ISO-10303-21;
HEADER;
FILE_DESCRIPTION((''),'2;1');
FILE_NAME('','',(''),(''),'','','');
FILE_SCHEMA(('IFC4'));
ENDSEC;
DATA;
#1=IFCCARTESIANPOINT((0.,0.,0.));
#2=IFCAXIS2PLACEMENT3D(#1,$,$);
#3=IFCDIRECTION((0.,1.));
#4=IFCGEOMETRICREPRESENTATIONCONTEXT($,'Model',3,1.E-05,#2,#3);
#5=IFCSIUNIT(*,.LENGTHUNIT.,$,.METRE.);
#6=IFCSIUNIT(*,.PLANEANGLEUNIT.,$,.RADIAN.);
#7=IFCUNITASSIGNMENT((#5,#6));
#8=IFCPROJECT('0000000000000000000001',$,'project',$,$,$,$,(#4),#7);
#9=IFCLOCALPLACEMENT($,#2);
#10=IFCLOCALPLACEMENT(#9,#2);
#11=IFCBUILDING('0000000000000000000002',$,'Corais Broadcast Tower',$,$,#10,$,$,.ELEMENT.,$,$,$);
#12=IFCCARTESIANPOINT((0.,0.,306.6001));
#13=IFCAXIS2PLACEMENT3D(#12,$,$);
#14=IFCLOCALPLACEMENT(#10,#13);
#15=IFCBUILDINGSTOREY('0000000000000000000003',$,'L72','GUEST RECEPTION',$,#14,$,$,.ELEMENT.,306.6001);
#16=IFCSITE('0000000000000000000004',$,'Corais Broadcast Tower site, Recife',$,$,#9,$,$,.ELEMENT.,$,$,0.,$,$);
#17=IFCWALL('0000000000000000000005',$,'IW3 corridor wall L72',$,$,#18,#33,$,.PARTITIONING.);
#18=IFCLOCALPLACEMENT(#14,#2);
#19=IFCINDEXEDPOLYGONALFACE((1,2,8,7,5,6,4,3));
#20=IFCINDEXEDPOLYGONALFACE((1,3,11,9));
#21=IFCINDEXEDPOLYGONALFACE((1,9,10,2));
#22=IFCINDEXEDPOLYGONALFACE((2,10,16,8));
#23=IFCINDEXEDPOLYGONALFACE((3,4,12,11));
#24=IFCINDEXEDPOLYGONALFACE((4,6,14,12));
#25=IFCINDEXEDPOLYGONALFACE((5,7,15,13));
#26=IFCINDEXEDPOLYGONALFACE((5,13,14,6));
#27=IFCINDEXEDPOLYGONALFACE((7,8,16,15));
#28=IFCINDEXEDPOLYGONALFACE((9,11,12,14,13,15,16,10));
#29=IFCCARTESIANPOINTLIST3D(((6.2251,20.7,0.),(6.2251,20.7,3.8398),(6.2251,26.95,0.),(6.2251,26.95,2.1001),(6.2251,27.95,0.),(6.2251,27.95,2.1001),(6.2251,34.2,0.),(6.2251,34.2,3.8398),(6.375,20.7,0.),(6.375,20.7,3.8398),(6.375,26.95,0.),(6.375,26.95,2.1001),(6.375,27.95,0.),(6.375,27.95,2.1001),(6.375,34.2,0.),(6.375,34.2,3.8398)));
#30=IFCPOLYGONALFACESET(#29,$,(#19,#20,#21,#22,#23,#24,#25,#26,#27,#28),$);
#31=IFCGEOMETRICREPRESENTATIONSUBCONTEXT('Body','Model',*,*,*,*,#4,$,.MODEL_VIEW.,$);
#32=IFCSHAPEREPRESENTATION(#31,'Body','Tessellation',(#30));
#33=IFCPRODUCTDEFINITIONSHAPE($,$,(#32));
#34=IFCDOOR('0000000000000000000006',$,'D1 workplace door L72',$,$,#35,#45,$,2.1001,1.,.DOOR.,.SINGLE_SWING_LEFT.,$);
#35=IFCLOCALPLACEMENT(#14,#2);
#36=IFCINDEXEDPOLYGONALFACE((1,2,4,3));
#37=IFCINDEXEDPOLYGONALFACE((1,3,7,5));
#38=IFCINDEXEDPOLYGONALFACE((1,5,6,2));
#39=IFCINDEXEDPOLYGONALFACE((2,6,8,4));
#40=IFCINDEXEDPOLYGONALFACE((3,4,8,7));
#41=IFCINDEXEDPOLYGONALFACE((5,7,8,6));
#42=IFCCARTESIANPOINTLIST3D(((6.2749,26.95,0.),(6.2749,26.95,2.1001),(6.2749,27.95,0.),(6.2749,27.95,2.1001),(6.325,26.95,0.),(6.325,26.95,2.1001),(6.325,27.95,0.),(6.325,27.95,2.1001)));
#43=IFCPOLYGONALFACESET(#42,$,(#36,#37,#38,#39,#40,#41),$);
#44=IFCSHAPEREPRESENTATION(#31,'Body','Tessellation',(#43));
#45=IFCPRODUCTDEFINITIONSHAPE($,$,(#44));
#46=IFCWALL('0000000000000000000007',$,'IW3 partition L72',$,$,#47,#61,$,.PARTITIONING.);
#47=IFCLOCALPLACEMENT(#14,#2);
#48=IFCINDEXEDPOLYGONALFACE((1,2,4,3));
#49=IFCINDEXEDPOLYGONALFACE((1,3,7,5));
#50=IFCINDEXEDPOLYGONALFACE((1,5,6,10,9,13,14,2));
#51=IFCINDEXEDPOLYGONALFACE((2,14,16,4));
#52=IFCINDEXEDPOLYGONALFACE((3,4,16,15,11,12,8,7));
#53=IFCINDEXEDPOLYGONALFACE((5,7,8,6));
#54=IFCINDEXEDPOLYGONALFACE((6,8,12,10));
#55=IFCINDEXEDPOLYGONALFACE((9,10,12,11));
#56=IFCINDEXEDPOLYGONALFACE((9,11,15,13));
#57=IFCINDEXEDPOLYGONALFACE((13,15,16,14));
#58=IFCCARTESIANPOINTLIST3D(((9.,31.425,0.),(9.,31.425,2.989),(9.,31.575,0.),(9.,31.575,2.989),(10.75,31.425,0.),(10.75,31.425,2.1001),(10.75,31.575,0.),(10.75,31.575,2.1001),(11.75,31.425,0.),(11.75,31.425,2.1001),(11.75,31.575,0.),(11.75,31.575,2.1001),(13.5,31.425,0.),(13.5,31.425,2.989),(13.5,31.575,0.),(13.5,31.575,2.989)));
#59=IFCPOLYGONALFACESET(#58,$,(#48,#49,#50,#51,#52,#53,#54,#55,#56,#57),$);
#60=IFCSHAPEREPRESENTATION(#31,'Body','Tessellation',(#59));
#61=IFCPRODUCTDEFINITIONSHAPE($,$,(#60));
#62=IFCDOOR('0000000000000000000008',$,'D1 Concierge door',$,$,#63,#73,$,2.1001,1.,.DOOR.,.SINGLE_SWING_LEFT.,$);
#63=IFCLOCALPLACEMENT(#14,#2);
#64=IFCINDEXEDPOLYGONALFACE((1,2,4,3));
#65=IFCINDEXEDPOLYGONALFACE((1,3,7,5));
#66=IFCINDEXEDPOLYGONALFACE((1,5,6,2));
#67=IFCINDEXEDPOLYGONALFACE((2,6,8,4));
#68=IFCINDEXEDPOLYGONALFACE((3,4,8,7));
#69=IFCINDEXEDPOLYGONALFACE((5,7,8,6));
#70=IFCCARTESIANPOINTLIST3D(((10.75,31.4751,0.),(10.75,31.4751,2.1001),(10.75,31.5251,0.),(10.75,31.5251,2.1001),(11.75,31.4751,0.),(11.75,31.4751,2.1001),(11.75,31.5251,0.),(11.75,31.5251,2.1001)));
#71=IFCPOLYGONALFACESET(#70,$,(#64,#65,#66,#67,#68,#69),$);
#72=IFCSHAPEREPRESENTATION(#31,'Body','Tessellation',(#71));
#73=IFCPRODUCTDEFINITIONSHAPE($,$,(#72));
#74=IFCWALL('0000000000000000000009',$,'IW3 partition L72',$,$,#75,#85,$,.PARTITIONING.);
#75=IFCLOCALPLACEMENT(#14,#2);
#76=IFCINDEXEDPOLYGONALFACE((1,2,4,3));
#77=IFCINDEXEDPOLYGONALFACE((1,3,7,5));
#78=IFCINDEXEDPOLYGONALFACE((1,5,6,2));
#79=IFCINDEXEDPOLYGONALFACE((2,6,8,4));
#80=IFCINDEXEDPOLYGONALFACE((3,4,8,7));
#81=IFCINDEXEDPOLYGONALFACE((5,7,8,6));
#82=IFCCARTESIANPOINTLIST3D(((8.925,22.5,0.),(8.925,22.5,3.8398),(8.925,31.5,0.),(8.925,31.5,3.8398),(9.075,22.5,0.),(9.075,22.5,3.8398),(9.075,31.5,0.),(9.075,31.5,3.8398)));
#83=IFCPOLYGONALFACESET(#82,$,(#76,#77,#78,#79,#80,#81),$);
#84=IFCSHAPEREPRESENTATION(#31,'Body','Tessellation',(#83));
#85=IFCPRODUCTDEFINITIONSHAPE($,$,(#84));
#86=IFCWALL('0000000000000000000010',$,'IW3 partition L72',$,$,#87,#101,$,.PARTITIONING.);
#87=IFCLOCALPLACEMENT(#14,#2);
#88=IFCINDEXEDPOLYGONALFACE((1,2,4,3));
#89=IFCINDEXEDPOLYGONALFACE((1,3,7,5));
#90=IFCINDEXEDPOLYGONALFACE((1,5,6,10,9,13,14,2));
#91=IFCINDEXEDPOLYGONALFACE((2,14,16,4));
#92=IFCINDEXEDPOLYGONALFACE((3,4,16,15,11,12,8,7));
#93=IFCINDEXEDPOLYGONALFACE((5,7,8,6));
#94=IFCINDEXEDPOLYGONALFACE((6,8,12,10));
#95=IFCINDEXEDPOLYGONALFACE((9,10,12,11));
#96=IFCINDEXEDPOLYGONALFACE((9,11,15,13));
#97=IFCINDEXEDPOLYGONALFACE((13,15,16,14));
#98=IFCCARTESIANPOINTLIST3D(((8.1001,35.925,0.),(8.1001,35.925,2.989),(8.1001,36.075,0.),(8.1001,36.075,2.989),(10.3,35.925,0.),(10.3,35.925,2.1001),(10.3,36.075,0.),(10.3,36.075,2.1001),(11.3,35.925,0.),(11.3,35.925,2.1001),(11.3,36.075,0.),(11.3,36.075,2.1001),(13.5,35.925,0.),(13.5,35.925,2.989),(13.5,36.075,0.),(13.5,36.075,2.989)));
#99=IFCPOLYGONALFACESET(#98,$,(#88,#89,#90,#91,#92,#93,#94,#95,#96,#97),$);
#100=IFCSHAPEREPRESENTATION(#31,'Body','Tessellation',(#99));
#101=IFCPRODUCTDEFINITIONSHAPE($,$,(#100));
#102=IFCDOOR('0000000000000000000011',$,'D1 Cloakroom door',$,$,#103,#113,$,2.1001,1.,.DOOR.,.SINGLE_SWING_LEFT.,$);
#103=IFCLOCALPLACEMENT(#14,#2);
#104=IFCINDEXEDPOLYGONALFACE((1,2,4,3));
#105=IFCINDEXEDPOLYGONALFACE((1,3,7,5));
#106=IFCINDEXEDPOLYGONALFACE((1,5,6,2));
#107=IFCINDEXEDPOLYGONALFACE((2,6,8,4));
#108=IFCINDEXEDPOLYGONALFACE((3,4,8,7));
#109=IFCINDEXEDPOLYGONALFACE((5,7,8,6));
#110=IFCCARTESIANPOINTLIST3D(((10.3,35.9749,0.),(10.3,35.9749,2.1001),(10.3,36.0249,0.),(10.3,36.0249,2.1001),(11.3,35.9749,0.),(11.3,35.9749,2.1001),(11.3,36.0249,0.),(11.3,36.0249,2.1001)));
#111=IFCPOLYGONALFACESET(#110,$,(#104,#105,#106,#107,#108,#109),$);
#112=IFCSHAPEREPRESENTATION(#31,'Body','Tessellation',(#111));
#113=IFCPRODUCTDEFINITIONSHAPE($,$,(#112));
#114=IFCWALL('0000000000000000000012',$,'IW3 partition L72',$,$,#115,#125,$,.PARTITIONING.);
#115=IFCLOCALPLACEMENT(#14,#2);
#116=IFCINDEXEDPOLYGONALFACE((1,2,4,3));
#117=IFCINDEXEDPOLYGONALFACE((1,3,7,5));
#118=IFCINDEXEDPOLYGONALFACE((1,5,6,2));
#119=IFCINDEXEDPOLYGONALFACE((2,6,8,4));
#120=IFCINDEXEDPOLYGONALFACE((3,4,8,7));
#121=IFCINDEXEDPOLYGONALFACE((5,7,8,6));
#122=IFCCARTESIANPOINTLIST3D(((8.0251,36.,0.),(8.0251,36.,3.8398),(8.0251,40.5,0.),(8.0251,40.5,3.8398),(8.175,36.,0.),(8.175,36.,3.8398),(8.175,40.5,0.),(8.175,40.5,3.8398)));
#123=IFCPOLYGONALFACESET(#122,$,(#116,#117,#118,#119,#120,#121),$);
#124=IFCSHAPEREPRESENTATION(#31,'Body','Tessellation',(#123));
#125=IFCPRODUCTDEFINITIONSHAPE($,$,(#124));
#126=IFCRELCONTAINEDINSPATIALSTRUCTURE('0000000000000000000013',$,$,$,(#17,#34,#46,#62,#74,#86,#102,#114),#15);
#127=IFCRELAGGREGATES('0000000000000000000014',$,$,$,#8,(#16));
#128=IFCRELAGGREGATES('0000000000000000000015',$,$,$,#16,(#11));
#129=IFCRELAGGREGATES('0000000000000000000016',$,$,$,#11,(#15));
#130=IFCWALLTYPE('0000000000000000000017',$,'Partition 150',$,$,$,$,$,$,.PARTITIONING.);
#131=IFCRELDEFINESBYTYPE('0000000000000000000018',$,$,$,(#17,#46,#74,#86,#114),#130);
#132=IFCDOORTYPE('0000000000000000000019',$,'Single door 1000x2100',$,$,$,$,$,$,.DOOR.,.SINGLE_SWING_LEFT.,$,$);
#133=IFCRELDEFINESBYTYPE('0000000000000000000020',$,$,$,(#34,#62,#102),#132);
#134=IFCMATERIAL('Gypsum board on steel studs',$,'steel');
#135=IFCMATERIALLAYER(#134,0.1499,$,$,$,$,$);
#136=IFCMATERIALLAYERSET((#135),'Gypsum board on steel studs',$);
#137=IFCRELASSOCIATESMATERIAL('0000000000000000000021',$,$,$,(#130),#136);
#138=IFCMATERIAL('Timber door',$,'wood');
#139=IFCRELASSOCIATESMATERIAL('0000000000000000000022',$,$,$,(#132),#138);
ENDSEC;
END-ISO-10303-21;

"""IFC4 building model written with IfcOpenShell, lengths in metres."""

from ifc_helpers import new_model, si_unit, direction, frame, frame_2d, origin, place, context, subcontext, project, spatial, rectangle, extrude, material, layer, layer_set, type_object, element, fill, save


model = new_model("IFC4")

# Units and contexts
model_context = context("Model", 3, precision=1e-05, world=origin(), true_north=direction((0.0, 1.0)))
body_context = subcontext(model_context, "Body", "Model", "MODEL_VIEW")
ifc_project = project(units=[si_unit("LENGTHUNIT", "METRE"), si_unit("PLANEANGLEUNIT", "RADIAN")], contexts=[model_context])

# Site, building, storey
site_placement = place(None, origin())
site = spatial("IfcSite", under=ifc_project, at=site_placement, Name="Corais Broadcast Tower site, Recife", CompositionType="ELEMENT", RefElevation=0.0)
building_placement = place(site_placement, origin())
building = spatial("IfcBuilding", under=site, at=building_placement, Name="Corais Broadcast Tower", CompositionType="ELEMENT")
storey_placement = place(building_placement, frame((0.0, 0.0, 306.6001)))
storey = spatial("IfcBuildingStorey", under=building, at=storey_placement, Name="L72", Description="GUEST RECEPTION", CompositionType="ELEMENT", Elevation=306.6001)

# Walls, openings, doors
ifc_material_1 = material(Name="Gypsum board on steel studs", Category="steel")
ifc_layer_1 = layer(ifc_material_1, 0.1499)
ifc_layer_set_1 = layer_set([ifc_layer_1], Name="Gypsum board on steel studs")
wall_type_1 = type_object("IfcWallType", Name="Partition 150", PredefinedType="PARTITIONING", material=ifc_layer_set_1)
wall_1_placement = place(storey_placement, frame((6.3, 34.2, 0.0), z_axis=(0.0, 0.0, 1.0), x_axis=(0.0, -1.0, 0.0)))
wall_1 = element("IfcWall", 1, at=wall_1_placement, inside=storey, type_object=wall_type_1, Name="IW3 corridor wall L72", PredefinedType="PARTITIONING", context=body_context, shape_type="SweptSolid", body=[
    extrude(rectangle(XDim=13.5, YDim=0.1499, at=frame_2d((6.75, 0.0))), origin(), (0.0, 0.0, 1.0), 3.8398),
])
opening_1_placement = place(wall_1_placement, frame((6.25, 0.0, 0.0)))
opening_1 = element("IfcOpeningElement", 2, at=opening_1_placement, cuts=wall_1, PredefinedType="OPENING", context=body_context, shape_type="SweptSolid", body=[
    extrude(rectangle(XDim=1.0, YDim=2.1001, at=frame_2d((0.5, 1.05))), frame((0.0, 0.085, 0.0), z_axis=(0.0, -1.0, 0.0), x_axis=(1.0, 0.0, 0.0)), (0.0, 0.0, 1.0), 0.1699),
])
ifc_material_2 = material(Name="Timber door", Category="wood")
door_type_1 = type_object("IfcDoorType", Name="Single door 1000x2100", OperationType="SINGLE_SWING_LEFT", PredefinedType="DOOR", material=ifc_material_2)
door_1_placement = place(opening_1_placement, origin())
door_1 = element("IfcDoor", 3, at=door_1_placement, inside=storey, type_object=door_type_1, Name="D1 workplace door L72", OperationType="SINGLE_SWING_LEFT", OverallHeight=2.1001, OverallWidth=1.0, PredefinedType="DOOR", context=body_context, shape_type="SweptSolid", body=[
    extrude(rectangle(XDim=1.0, YDim=2.1001, at=frame_2d((0.5, 1.05))), frame((0.0, 0.0249, 0.0), z_axis=(0.0, -1.0, 0.0), x_axis=(1.0, 0.0, 0.0)), (0.0, 0.0, 1.0), 0.05),
])
fill(opening_1, door_1)
wall_2_placement = place(storey_placement, frame((13.5, 31.5, 0.0), z_axis=(0.0, 0.0, 1.0), x_axis=(-1.0, 0.0, 0.0)))
wall_2 = element("IfcWall", 4, at=wall_2_placement, inside=storey, type_object=wall_type_1, Name="IW3 partition L72", PredefinedType="PARTITIONING", context=body_context, shape_type="SweptSolid", body=[
    extrude(rectangle(XDim=4.5, YDim=0.1499, at=frame_2d((2.25, 0.0))), origin(), (0.0, 0.0, 1.0), 2.989),
])
opening_2_placement = place(wall_2_placement, frame((1.75, 0.0, 0.0)))
opening_2 = element("IfcOpeningElement", 5, at=opening_2_placement, cuts=wall_2, PredefinedType="OPENING", context=body_context, shape_type="SweptSolid", body=[
    extrude(rectangle(XDim=1.0, YDim=2.1001, at=frame_2d((0.5, 1.05))), frame((0.0, 0.085, 0.0), z_axis=(0.0, -1.0, 0.0), x_axis=(1.0, 0.0, 0.0)), (0.0, 0.0, 1.0), 0.1699),
])
door_2_placement = place(opening_2_placement, origin())
door_2 = element("IfcDoor", 6, at=door_2_placement, inside=storey, type_object=door_type_1, Name="D1 Concierge door", OperationType="SINGLE_SWING_LEFT", OverallHeight=2.1001, OverallWidth=1.0, PredefinedType="DOOR", context=body_context, shape_type="SweptSolid", body=[
    extrude(rectangle(XDim=1.0, YDim=2.1001, at=frame_2d((0.5, 1.05))), frame((0.0, 0.0249, 0.0), z_axis=(0.0, -1.0, 0.0), x_axis=(1.0, 0.0, 0.0)), (0.0, 0.0, 1.0), 0.05),
])
fill(opening_2, door_2)

# Wall
wall_3_placement = place(storey_placement, frame((9.0, 31.5, 0.0), z_axis=(0.0, 0.0, 1.0), x_axis=(0.0, -1.0, 0.0)))
element("IfcWall", 7, at=wall_3_placement, inside=storey, type_object=wall_type_1, Name="IW3 partition L72", PredefinedType="PARTITIONING", context=body_context, shape_type="SweptSolid", body=[
    extrude(rectangle(XDim=9.0, YDim=0.1499, at=frame_2d((4.5, 0.0))), origin(), (0.0, 0.0, 1.0), 3.8398),
])

# Wall, opening, door
wall_4_placement = place(storey_placement, frame((8.1001, 36.0, 0.0), z_axis=(0.0, 0.0, 1.0), x_axis=(1.0, 0.0, 0.0)))
wall_4 = element("IfcWall", 8, at=wall_4_placement, inside=storey, type_object=wall_type_1, Name="IW3 partition L72", PredefinedType="PARTITIONING", context=body_context, shape_type="SweptSolid", body=[
    extrude(rectangle(XDim=5.3999, YDim=0.1499, at=frame_2d((2.7, 0.0))), origin(), (0.0, 0.0, 1.0), 2.989),
])
opening_3_placement = place(wall_4_placement, frame((2.2, 0.0, 0.0)))
opening_3 = element("IfcOpeningElement", 9, at=opening_3_placement, cuts=wall_4, PredefinedType="OPENING", context=body_context, shape_type="SweptSolid", body=[
    extrude(rectangle(XDim=1.0, YDim=2.1001, at=frame_2d((0.5, 1.05))), frame((0.0, 0.085, 0.0), z_axis=(0.0, -1.0, 0.0), x_axis=(1.0, 0.0, 0.0)), (0.0, 0.0, 1.0), 0.1699),
])
door_3_placement = place(opening_3_placement, origin())
door_3 = element("IfcDoor", 10, at=door_3_placement, inside=storey, type_object=door_type_1, Name="D1 Cloakroom door", OperationType="SINGLE_SWING_LEFT", OverallHeight=2.1001, OverallWidth=1.0, PredefinedType="DOOR", context=body_context, shape_type="SweptSolid", body=[
    extrude(rectangle(XDim=1.0, YDim=2.1001, at=frame_2d((0.5, 1.05))), frame((0.0, 0.0249, 0.0), z_axis=(0.0, -1.0, 0.0), x_axis=(1.0, 0.0, 0.0)), (0.0, 0.0, 1.0), 0.05),
])
fill(opening_3, door_3)

# Wall
wall_5_placement = place(storey_placement, frame((8.1001, 40.5, 0.0), z_axis=(0.0, 0.0, 1.0), x_axis=(0.0, -1.0, 0.0)))
element("IfcWall", 11, at=wall_5_placement, inside=storey, type_object=wall_type_1, Name="IW3 partition L72", PredefinedType="PARTITIONING", context=body_context, shape_type="SweptSolid", body=[
    extrude(rectangle(XDim=4.5, YDim=0.1499, at=frame_2d((2.25, 0.0))), origin(), (0.0, 0.0, 1.0), 3.8398),
])

save(model, "model.ifc")
